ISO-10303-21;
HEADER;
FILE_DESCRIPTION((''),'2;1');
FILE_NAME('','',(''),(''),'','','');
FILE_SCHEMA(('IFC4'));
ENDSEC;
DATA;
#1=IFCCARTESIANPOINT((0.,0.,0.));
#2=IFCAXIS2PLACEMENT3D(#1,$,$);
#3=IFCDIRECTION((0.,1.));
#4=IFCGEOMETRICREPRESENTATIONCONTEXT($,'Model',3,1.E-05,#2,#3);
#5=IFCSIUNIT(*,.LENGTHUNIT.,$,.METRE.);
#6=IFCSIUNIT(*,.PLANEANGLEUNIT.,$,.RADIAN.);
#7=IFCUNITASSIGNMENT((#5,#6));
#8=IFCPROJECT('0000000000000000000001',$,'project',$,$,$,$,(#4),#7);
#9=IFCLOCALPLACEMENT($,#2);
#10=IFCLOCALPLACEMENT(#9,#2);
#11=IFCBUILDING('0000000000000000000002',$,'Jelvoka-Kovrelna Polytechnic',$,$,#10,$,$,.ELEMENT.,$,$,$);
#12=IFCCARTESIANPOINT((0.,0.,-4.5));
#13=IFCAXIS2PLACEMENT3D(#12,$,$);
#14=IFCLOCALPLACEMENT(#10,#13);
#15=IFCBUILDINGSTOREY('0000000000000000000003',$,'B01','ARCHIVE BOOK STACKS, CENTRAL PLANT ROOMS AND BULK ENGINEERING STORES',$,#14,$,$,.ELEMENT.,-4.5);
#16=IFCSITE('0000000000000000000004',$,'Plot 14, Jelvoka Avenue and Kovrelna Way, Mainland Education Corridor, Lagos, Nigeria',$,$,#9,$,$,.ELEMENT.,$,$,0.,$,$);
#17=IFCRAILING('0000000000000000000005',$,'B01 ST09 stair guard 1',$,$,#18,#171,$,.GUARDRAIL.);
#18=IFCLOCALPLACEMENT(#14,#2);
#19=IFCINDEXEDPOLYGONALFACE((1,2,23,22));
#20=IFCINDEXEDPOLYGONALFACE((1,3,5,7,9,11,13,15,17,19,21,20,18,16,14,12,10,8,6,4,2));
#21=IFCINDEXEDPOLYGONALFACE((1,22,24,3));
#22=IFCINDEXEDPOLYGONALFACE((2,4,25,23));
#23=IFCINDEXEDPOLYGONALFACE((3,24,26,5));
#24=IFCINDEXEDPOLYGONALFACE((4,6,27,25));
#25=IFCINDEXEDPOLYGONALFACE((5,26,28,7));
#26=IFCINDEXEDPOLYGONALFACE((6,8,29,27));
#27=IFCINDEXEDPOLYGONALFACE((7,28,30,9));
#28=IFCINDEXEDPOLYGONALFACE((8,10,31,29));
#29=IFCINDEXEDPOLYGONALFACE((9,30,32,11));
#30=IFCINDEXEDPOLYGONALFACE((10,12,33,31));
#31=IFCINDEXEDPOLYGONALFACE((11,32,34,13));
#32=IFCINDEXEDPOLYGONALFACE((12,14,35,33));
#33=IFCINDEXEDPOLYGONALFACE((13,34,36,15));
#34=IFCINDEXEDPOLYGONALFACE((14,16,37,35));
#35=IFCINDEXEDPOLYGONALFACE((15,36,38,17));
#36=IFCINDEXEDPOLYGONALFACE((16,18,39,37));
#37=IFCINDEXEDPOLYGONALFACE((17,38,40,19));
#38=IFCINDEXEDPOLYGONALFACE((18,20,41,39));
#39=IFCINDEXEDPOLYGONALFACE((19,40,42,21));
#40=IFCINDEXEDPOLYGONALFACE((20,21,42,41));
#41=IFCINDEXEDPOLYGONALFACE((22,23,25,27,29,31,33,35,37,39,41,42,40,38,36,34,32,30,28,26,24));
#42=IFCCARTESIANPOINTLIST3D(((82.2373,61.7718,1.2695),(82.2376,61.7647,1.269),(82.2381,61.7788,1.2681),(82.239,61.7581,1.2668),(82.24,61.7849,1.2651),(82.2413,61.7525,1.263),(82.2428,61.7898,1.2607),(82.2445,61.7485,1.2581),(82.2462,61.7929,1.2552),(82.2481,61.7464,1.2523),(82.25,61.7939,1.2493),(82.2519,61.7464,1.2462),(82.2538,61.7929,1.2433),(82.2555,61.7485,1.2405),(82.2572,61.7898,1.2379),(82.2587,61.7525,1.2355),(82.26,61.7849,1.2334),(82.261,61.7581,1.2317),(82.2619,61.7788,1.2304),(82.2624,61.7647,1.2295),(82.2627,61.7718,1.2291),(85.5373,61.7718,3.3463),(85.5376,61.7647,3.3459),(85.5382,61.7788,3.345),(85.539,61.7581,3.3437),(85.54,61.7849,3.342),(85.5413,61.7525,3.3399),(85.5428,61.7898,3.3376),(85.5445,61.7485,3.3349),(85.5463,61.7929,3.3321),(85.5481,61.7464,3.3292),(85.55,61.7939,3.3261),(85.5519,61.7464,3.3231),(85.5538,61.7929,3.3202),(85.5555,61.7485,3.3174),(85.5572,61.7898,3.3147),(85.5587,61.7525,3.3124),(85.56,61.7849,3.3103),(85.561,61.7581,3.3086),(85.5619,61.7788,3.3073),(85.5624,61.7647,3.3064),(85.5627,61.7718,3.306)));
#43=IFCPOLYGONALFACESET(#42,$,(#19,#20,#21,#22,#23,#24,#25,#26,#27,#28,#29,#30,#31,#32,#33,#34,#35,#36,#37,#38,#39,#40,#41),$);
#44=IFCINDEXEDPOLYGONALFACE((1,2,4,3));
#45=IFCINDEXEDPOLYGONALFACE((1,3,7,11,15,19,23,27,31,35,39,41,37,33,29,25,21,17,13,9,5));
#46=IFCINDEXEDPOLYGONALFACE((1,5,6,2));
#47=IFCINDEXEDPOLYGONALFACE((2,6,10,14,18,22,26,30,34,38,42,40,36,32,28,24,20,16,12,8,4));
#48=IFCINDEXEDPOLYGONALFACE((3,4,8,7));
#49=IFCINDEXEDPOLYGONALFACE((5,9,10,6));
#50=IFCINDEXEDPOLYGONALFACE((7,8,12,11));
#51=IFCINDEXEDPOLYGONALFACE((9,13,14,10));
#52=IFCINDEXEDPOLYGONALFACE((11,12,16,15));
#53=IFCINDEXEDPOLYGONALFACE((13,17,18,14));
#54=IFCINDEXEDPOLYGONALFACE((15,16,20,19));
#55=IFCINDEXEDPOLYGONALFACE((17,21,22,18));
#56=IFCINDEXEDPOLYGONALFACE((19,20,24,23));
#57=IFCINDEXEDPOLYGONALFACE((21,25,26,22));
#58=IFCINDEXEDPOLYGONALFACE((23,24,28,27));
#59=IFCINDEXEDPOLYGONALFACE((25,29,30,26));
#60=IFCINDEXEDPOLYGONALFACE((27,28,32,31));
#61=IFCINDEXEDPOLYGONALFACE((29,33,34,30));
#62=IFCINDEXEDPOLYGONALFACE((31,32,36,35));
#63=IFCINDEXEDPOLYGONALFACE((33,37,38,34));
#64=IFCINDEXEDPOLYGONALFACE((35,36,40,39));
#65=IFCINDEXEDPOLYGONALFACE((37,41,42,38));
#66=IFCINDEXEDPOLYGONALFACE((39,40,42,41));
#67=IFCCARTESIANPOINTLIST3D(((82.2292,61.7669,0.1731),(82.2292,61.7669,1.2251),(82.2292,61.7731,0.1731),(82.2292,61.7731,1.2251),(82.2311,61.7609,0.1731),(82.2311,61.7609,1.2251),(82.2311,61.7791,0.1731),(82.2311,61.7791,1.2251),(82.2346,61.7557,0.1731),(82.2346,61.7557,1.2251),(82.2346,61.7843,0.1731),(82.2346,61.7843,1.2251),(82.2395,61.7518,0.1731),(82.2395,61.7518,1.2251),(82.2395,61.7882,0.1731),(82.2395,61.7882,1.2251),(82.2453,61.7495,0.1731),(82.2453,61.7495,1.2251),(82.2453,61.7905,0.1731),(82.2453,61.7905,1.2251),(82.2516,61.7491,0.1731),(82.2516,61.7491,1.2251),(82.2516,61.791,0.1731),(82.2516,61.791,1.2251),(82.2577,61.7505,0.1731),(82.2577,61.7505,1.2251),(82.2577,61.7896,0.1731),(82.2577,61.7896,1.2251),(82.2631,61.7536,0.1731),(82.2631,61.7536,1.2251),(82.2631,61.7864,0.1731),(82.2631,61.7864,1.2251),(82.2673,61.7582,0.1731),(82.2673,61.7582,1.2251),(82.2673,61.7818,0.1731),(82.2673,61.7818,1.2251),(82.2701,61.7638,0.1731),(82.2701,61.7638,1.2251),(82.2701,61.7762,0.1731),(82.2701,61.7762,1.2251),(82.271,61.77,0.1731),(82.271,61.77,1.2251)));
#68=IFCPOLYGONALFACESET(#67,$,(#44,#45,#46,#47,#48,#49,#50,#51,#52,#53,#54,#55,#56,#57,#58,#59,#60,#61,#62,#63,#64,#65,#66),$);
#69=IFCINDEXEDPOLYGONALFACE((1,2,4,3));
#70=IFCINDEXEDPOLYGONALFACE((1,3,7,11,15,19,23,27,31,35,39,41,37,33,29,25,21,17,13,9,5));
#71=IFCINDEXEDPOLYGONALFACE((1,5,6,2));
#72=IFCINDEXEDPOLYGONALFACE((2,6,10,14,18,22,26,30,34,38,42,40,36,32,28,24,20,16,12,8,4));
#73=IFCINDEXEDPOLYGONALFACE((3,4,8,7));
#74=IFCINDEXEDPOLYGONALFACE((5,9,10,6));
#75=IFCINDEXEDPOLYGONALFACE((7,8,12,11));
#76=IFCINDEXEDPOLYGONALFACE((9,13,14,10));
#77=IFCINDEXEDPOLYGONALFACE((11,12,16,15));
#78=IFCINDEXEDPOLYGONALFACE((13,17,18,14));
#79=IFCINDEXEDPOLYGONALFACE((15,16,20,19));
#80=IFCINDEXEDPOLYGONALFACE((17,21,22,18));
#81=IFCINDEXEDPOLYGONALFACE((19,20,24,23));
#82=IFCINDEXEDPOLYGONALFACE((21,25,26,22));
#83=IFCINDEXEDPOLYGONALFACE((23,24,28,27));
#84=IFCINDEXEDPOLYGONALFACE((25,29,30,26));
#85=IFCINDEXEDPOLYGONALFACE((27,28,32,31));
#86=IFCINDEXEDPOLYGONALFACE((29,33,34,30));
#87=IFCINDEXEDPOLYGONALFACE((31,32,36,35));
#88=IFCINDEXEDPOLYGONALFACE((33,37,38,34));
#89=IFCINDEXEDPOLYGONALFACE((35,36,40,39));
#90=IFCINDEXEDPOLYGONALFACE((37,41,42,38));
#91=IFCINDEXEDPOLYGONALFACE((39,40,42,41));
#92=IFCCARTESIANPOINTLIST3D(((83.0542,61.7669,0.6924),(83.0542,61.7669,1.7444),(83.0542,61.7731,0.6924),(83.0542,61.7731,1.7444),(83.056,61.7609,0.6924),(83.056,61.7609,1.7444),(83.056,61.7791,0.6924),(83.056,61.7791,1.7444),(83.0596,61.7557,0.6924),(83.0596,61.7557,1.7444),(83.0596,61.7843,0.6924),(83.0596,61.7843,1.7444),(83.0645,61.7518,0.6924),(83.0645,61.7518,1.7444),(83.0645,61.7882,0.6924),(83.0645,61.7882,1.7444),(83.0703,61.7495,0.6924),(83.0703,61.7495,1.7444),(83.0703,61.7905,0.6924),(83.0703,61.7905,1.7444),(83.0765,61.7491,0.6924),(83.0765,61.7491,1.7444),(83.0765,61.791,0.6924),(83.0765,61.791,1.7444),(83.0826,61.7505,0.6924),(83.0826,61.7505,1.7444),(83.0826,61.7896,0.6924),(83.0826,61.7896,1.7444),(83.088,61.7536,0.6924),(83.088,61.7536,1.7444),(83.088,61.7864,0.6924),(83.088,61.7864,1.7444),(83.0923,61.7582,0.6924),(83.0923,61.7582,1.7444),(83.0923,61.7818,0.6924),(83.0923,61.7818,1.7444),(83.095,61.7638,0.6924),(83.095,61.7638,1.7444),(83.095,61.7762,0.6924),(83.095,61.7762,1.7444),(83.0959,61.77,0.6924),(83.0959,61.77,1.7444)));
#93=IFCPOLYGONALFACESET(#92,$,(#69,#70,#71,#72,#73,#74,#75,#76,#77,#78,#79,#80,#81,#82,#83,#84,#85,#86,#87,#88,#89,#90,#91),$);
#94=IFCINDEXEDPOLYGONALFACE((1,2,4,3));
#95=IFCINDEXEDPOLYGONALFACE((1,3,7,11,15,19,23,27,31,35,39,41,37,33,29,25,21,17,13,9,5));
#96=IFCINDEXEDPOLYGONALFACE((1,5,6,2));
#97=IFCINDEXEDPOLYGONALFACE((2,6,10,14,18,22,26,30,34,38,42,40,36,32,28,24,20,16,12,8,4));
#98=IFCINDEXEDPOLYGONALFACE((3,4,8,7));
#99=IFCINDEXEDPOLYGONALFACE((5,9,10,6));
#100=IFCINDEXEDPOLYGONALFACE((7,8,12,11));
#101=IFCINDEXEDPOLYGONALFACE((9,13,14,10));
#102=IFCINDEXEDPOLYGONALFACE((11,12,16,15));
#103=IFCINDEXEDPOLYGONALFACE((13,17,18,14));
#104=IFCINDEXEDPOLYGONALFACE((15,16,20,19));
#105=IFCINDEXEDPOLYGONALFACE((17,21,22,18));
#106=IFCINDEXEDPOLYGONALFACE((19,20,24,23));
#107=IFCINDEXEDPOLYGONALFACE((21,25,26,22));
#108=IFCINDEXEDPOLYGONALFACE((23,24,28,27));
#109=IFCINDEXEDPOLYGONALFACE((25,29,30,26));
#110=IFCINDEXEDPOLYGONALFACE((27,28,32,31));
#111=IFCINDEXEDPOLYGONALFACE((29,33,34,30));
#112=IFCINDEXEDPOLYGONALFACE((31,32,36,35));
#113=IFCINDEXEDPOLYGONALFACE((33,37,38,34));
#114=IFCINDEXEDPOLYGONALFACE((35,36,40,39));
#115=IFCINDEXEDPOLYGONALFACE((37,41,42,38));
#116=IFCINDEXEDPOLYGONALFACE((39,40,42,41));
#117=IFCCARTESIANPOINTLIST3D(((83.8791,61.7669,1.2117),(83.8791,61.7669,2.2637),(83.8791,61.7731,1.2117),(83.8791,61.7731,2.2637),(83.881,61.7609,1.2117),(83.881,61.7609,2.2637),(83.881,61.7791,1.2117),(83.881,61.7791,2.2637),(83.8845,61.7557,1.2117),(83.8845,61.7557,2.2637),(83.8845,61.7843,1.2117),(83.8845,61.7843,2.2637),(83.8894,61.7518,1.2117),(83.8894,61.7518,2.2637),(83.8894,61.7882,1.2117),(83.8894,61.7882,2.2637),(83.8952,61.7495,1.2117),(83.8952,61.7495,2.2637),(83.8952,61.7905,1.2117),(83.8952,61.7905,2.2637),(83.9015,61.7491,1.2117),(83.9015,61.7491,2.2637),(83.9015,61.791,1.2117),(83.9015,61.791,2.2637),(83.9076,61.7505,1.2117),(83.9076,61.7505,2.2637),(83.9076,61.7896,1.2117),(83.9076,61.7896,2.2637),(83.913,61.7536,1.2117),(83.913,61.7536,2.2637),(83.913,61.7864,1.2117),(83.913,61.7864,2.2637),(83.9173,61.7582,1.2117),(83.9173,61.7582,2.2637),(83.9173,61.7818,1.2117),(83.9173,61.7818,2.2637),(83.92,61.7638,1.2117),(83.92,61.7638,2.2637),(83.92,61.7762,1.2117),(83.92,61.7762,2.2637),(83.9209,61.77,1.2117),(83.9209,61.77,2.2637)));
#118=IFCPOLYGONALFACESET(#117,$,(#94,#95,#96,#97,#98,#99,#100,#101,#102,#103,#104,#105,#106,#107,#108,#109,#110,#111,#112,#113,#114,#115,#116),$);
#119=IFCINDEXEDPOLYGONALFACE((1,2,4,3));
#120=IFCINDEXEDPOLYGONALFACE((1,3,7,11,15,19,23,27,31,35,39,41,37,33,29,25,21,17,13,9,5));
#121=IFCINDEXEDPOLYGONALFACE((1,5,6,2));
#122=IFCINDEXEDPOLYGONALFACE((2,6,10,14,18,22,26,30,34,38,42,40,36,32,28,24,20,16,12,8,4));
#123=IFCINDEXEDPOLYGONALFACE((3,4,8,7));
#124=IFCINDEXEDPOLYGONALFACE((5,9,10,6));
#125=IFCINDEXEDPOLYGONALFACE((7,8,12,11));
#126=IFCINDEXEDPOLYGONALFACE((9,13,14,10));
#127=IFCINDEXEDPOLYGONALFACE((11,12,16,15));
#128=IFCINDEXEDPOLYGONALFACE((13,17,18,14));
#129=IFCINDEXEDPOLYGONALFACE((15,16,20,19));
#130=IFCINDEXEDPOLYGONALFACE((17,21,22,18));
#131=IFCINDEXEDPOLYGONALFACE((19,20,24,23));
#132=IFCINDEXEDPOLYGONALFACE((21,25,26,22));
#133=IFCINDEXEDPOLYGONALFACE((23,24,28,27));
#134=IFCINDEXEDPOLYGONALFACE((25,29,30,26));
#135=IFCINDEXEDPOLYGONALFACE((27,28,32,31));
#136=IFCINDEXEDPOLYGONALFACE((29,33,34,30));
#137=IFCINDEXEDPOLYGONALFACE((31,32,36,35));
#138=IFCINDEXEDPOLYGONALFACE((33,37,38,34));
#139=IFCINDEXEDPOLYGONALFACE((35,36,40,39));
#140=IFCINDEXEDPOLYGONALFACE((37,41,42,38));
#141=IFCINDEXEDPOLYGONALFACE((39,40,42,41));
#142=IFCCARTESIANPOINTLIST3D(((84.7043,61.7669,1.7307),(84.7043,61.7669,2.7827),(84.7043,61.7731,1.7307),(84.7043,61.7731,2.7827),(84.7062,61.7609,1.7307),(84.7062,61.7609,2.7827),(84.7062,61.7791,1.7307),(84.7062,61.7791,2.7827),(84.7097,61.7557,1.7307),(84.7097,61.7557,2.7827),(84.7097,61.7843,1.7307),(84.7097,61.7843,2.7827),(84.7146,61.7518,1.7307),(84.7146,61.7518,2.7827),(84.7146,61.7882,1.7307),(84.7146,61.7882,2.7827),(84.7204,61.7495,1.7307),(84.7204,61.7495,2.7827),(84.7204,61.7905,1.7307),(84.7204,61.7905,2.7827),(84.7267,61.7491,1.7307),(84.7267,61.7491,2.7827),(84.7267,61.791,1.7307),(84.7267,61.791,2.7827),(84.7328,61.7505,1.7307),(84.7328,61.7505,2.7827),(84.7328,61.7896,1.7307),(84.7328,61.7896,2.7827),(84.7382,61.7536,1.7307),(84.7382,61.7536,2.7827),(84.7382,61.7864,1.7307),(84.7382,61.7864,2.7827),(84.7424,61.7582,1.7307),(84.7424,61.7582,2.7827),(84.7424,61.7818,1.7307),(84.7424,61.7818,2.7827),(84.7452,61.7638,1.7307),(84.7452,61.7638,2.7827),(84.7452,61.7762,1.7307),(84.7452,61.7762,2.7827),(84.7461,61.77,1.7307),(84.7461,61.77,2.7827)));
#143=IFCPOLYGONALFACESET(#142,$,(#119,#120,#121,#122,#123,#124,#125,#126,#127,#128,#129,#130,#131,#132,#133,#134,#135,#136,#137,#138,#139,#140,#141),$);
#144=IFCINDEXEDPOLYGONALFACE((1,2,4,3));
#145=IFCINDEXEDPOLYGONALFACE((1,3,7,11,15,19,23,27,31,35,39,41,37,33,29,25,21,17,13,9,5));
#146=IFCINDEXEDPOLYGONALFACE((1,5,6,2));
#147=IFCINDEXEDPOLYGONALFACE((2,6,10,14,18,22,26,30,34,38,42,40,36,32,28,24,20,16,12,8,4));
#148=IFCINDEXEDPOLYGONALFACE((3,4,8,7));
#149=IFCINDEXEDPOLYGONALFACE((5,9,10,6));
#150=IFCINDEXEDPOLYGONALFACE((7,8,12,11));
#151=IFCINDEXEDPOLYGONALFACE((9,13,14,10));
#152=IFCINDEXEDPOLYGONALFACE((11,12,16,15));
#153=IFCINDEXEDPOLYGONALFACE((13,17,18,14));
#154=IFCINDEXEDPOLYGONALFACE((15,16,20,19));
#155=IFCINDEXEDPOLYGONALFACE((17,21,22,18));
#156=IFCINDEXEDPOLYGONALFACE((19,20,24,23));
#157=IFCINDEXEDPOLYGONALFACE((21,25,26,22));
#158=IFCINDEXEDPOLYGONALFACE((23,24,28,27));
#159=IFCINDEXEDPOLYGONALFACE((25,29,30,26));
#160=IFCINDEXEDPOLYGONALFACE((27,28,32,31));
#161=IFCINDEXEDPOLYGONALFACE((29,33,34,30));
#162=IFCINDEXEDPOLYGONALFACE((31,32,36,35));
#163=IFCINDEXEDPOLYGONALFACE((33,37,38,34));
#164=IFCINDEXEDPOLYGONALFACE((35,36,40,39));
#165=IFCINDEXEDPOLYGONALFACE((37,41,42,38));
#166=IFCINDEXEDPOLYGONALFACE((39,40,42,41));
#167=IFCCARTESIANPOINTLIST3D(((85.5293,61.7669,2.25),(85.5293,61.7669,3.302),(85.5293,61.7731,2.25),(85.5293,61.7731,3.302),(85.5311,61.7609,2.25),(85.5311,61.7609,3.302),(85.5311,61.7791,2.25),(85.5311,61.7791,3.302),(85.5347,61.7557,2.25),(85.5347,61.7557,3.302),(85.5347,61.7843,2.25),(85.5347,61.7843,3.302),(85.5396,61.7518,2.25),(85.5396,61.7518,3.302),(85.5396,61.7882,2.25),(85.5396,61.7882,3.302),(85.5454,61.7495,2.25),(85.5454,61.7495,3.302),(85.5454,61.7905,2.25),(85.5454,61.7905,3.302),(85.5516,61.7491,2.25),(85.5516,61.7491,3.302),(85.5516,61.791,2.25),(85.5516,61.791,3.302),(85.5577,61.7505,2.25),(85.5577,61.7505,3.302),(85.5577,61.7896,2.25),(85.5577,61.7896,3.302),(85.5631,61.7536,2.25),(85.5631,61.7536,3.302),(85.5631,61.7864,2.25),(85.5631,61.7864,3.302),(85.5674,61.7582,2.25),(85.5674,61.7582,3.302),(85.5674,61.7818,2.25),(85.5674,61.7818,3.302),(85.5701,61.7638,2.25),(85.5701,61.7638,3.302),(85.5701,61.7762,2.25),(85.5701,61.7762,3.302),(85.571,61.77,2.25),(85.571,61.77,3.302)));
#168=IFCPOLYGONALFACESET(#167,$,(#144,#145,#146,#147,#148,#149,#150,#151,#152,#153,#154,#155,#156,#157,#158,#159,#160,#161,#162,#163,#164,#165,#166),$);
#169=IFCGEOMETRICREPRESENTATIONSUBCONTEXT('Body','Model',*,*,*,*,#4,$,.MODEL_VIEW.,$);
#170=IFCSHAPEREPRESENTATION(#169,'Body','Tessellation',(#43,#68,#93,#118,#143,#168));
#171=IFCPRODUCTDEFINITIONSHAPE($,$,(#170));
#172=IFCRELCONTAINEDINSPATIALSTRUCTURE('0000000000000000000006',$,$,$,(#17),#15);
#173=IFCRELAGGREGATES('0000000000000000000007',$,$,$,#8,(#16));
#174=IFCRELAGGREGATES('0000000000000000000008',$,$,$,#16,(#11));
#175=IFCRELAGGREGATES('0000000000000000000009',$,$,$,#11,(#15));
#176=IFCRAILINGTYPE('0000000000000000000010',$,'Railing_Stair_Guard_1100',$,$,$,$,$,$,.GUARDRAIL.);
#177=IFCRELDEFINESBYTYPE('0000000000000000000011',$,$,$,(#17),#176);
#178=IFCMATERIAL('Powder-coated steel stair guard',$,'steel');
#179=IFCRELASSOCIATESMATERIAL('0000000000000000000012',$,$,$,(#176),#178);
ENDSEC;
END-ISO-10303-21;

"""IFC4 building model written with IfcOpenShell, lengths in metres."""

from ifc_helpers import new_model, si_unit, direction, frame, origin, origin_2d, place, context, subcontext, project, spatial, circle, extrude, material, type_object, element, save


model = new_model("IFC4")

# Units and contexts
model_context = context("Model", 3, precision=1e-05, world=origin(), true_north=direction((0.0, 1.0)))
body_context = subcontext(model_context, "Body", "Model", "MODEL_VIEW")
ifc_project = project(units=[si_unit("LENGTHUNIT", "METRE"), si_unit("PLANEANGLEUNIT", "RADIAN")], contexts=[model_context])

# Site, building, storey
site_placement = place(None, origin())
site = spatial("IfcSite", under=ifc_project, at=site_placement, Name="Plot 14, Jelvoka Avenue and Kovrelna Way, Mainland Education Corridor, Lagos, Nigeria", CompositionType="ELEMENT", RefElevation=0.0)
building_placement = place(site_placement, origin())
building = spatial("IfcBuilding", under=site, at=building_placement, Name="Jelvoka-Kovrelna Polytechnic", CompositionType="ELEMENT")
storey_placement = place(building_placement, frame((0.0, 0.0, -4.5)))
storey = spatial("IfcBuildingStorey", under=building, at=storey_placement, Name="B01", Description="ARCHIVE BOOK STACKS, CENTRAL PLANT ROOMS AND BULK ENGINEERING STORES", CompositionType="ELEMENT", Elevation=-4.5)

# Railing
ifc_material_1 = material(Name="Powder-coated steel stair guard", Category="steel")
railing_type_1 = type_object("IfcRailingType", Name="Railing_Stair_Guard_1100", PredefinedType="GUARDRAIL", material=ifc_material_1)
railing_1_placement = place(storey_placement, frame((82.25, 61.77, 0.1731)))
element("IfcRailing", 1, at=railing_1_placement, inside=storey, type_object=railing_type_1, Name="B01 ST09 stair guard 1", PredefinedType="GUARDRAIL", context=body_context, shape_type="SweptSolid", body=[
    extrude(circle(Radius=0.0239, at=origin_2d()), frame((0.0, 0.0, 1.0762), z_axis=(0.846337, 0.0, 0.532647), x_axis=(0.0, 1.0, 0.0)), (0.0, 0.0, 1.0), 3.8992),
    extrude(circle(Radius=0.021, at=origin_2d()), origin(), (0.0, 0.0, 1.0), 1.052),
    extrude(circle(Radius=0.021, at=origin_2d()), frame((0.825, 0.0, 0.5193)), (0.0, 0.0, 1.0), 1.052),
    extrude(circle(Radius=0.021, at=origin_2d()), frame((1.6499, 0.0, 1.0386)), (0.0, 0.0, 1.0), 1.052),
    extrude(circle(Radius=0.021, at=origin_2d()), frame((2.4751, 0.0, 1.5576)), (0.0, 0.0, 1.0), 1.052),
    extrude(circle(Radius=0.021, at=origin_2d()), frame((3.3, 0.0, 2.0769)), (0.0, 0.0, 1.0), 1.052),
])

save(model, "model.ifc")
